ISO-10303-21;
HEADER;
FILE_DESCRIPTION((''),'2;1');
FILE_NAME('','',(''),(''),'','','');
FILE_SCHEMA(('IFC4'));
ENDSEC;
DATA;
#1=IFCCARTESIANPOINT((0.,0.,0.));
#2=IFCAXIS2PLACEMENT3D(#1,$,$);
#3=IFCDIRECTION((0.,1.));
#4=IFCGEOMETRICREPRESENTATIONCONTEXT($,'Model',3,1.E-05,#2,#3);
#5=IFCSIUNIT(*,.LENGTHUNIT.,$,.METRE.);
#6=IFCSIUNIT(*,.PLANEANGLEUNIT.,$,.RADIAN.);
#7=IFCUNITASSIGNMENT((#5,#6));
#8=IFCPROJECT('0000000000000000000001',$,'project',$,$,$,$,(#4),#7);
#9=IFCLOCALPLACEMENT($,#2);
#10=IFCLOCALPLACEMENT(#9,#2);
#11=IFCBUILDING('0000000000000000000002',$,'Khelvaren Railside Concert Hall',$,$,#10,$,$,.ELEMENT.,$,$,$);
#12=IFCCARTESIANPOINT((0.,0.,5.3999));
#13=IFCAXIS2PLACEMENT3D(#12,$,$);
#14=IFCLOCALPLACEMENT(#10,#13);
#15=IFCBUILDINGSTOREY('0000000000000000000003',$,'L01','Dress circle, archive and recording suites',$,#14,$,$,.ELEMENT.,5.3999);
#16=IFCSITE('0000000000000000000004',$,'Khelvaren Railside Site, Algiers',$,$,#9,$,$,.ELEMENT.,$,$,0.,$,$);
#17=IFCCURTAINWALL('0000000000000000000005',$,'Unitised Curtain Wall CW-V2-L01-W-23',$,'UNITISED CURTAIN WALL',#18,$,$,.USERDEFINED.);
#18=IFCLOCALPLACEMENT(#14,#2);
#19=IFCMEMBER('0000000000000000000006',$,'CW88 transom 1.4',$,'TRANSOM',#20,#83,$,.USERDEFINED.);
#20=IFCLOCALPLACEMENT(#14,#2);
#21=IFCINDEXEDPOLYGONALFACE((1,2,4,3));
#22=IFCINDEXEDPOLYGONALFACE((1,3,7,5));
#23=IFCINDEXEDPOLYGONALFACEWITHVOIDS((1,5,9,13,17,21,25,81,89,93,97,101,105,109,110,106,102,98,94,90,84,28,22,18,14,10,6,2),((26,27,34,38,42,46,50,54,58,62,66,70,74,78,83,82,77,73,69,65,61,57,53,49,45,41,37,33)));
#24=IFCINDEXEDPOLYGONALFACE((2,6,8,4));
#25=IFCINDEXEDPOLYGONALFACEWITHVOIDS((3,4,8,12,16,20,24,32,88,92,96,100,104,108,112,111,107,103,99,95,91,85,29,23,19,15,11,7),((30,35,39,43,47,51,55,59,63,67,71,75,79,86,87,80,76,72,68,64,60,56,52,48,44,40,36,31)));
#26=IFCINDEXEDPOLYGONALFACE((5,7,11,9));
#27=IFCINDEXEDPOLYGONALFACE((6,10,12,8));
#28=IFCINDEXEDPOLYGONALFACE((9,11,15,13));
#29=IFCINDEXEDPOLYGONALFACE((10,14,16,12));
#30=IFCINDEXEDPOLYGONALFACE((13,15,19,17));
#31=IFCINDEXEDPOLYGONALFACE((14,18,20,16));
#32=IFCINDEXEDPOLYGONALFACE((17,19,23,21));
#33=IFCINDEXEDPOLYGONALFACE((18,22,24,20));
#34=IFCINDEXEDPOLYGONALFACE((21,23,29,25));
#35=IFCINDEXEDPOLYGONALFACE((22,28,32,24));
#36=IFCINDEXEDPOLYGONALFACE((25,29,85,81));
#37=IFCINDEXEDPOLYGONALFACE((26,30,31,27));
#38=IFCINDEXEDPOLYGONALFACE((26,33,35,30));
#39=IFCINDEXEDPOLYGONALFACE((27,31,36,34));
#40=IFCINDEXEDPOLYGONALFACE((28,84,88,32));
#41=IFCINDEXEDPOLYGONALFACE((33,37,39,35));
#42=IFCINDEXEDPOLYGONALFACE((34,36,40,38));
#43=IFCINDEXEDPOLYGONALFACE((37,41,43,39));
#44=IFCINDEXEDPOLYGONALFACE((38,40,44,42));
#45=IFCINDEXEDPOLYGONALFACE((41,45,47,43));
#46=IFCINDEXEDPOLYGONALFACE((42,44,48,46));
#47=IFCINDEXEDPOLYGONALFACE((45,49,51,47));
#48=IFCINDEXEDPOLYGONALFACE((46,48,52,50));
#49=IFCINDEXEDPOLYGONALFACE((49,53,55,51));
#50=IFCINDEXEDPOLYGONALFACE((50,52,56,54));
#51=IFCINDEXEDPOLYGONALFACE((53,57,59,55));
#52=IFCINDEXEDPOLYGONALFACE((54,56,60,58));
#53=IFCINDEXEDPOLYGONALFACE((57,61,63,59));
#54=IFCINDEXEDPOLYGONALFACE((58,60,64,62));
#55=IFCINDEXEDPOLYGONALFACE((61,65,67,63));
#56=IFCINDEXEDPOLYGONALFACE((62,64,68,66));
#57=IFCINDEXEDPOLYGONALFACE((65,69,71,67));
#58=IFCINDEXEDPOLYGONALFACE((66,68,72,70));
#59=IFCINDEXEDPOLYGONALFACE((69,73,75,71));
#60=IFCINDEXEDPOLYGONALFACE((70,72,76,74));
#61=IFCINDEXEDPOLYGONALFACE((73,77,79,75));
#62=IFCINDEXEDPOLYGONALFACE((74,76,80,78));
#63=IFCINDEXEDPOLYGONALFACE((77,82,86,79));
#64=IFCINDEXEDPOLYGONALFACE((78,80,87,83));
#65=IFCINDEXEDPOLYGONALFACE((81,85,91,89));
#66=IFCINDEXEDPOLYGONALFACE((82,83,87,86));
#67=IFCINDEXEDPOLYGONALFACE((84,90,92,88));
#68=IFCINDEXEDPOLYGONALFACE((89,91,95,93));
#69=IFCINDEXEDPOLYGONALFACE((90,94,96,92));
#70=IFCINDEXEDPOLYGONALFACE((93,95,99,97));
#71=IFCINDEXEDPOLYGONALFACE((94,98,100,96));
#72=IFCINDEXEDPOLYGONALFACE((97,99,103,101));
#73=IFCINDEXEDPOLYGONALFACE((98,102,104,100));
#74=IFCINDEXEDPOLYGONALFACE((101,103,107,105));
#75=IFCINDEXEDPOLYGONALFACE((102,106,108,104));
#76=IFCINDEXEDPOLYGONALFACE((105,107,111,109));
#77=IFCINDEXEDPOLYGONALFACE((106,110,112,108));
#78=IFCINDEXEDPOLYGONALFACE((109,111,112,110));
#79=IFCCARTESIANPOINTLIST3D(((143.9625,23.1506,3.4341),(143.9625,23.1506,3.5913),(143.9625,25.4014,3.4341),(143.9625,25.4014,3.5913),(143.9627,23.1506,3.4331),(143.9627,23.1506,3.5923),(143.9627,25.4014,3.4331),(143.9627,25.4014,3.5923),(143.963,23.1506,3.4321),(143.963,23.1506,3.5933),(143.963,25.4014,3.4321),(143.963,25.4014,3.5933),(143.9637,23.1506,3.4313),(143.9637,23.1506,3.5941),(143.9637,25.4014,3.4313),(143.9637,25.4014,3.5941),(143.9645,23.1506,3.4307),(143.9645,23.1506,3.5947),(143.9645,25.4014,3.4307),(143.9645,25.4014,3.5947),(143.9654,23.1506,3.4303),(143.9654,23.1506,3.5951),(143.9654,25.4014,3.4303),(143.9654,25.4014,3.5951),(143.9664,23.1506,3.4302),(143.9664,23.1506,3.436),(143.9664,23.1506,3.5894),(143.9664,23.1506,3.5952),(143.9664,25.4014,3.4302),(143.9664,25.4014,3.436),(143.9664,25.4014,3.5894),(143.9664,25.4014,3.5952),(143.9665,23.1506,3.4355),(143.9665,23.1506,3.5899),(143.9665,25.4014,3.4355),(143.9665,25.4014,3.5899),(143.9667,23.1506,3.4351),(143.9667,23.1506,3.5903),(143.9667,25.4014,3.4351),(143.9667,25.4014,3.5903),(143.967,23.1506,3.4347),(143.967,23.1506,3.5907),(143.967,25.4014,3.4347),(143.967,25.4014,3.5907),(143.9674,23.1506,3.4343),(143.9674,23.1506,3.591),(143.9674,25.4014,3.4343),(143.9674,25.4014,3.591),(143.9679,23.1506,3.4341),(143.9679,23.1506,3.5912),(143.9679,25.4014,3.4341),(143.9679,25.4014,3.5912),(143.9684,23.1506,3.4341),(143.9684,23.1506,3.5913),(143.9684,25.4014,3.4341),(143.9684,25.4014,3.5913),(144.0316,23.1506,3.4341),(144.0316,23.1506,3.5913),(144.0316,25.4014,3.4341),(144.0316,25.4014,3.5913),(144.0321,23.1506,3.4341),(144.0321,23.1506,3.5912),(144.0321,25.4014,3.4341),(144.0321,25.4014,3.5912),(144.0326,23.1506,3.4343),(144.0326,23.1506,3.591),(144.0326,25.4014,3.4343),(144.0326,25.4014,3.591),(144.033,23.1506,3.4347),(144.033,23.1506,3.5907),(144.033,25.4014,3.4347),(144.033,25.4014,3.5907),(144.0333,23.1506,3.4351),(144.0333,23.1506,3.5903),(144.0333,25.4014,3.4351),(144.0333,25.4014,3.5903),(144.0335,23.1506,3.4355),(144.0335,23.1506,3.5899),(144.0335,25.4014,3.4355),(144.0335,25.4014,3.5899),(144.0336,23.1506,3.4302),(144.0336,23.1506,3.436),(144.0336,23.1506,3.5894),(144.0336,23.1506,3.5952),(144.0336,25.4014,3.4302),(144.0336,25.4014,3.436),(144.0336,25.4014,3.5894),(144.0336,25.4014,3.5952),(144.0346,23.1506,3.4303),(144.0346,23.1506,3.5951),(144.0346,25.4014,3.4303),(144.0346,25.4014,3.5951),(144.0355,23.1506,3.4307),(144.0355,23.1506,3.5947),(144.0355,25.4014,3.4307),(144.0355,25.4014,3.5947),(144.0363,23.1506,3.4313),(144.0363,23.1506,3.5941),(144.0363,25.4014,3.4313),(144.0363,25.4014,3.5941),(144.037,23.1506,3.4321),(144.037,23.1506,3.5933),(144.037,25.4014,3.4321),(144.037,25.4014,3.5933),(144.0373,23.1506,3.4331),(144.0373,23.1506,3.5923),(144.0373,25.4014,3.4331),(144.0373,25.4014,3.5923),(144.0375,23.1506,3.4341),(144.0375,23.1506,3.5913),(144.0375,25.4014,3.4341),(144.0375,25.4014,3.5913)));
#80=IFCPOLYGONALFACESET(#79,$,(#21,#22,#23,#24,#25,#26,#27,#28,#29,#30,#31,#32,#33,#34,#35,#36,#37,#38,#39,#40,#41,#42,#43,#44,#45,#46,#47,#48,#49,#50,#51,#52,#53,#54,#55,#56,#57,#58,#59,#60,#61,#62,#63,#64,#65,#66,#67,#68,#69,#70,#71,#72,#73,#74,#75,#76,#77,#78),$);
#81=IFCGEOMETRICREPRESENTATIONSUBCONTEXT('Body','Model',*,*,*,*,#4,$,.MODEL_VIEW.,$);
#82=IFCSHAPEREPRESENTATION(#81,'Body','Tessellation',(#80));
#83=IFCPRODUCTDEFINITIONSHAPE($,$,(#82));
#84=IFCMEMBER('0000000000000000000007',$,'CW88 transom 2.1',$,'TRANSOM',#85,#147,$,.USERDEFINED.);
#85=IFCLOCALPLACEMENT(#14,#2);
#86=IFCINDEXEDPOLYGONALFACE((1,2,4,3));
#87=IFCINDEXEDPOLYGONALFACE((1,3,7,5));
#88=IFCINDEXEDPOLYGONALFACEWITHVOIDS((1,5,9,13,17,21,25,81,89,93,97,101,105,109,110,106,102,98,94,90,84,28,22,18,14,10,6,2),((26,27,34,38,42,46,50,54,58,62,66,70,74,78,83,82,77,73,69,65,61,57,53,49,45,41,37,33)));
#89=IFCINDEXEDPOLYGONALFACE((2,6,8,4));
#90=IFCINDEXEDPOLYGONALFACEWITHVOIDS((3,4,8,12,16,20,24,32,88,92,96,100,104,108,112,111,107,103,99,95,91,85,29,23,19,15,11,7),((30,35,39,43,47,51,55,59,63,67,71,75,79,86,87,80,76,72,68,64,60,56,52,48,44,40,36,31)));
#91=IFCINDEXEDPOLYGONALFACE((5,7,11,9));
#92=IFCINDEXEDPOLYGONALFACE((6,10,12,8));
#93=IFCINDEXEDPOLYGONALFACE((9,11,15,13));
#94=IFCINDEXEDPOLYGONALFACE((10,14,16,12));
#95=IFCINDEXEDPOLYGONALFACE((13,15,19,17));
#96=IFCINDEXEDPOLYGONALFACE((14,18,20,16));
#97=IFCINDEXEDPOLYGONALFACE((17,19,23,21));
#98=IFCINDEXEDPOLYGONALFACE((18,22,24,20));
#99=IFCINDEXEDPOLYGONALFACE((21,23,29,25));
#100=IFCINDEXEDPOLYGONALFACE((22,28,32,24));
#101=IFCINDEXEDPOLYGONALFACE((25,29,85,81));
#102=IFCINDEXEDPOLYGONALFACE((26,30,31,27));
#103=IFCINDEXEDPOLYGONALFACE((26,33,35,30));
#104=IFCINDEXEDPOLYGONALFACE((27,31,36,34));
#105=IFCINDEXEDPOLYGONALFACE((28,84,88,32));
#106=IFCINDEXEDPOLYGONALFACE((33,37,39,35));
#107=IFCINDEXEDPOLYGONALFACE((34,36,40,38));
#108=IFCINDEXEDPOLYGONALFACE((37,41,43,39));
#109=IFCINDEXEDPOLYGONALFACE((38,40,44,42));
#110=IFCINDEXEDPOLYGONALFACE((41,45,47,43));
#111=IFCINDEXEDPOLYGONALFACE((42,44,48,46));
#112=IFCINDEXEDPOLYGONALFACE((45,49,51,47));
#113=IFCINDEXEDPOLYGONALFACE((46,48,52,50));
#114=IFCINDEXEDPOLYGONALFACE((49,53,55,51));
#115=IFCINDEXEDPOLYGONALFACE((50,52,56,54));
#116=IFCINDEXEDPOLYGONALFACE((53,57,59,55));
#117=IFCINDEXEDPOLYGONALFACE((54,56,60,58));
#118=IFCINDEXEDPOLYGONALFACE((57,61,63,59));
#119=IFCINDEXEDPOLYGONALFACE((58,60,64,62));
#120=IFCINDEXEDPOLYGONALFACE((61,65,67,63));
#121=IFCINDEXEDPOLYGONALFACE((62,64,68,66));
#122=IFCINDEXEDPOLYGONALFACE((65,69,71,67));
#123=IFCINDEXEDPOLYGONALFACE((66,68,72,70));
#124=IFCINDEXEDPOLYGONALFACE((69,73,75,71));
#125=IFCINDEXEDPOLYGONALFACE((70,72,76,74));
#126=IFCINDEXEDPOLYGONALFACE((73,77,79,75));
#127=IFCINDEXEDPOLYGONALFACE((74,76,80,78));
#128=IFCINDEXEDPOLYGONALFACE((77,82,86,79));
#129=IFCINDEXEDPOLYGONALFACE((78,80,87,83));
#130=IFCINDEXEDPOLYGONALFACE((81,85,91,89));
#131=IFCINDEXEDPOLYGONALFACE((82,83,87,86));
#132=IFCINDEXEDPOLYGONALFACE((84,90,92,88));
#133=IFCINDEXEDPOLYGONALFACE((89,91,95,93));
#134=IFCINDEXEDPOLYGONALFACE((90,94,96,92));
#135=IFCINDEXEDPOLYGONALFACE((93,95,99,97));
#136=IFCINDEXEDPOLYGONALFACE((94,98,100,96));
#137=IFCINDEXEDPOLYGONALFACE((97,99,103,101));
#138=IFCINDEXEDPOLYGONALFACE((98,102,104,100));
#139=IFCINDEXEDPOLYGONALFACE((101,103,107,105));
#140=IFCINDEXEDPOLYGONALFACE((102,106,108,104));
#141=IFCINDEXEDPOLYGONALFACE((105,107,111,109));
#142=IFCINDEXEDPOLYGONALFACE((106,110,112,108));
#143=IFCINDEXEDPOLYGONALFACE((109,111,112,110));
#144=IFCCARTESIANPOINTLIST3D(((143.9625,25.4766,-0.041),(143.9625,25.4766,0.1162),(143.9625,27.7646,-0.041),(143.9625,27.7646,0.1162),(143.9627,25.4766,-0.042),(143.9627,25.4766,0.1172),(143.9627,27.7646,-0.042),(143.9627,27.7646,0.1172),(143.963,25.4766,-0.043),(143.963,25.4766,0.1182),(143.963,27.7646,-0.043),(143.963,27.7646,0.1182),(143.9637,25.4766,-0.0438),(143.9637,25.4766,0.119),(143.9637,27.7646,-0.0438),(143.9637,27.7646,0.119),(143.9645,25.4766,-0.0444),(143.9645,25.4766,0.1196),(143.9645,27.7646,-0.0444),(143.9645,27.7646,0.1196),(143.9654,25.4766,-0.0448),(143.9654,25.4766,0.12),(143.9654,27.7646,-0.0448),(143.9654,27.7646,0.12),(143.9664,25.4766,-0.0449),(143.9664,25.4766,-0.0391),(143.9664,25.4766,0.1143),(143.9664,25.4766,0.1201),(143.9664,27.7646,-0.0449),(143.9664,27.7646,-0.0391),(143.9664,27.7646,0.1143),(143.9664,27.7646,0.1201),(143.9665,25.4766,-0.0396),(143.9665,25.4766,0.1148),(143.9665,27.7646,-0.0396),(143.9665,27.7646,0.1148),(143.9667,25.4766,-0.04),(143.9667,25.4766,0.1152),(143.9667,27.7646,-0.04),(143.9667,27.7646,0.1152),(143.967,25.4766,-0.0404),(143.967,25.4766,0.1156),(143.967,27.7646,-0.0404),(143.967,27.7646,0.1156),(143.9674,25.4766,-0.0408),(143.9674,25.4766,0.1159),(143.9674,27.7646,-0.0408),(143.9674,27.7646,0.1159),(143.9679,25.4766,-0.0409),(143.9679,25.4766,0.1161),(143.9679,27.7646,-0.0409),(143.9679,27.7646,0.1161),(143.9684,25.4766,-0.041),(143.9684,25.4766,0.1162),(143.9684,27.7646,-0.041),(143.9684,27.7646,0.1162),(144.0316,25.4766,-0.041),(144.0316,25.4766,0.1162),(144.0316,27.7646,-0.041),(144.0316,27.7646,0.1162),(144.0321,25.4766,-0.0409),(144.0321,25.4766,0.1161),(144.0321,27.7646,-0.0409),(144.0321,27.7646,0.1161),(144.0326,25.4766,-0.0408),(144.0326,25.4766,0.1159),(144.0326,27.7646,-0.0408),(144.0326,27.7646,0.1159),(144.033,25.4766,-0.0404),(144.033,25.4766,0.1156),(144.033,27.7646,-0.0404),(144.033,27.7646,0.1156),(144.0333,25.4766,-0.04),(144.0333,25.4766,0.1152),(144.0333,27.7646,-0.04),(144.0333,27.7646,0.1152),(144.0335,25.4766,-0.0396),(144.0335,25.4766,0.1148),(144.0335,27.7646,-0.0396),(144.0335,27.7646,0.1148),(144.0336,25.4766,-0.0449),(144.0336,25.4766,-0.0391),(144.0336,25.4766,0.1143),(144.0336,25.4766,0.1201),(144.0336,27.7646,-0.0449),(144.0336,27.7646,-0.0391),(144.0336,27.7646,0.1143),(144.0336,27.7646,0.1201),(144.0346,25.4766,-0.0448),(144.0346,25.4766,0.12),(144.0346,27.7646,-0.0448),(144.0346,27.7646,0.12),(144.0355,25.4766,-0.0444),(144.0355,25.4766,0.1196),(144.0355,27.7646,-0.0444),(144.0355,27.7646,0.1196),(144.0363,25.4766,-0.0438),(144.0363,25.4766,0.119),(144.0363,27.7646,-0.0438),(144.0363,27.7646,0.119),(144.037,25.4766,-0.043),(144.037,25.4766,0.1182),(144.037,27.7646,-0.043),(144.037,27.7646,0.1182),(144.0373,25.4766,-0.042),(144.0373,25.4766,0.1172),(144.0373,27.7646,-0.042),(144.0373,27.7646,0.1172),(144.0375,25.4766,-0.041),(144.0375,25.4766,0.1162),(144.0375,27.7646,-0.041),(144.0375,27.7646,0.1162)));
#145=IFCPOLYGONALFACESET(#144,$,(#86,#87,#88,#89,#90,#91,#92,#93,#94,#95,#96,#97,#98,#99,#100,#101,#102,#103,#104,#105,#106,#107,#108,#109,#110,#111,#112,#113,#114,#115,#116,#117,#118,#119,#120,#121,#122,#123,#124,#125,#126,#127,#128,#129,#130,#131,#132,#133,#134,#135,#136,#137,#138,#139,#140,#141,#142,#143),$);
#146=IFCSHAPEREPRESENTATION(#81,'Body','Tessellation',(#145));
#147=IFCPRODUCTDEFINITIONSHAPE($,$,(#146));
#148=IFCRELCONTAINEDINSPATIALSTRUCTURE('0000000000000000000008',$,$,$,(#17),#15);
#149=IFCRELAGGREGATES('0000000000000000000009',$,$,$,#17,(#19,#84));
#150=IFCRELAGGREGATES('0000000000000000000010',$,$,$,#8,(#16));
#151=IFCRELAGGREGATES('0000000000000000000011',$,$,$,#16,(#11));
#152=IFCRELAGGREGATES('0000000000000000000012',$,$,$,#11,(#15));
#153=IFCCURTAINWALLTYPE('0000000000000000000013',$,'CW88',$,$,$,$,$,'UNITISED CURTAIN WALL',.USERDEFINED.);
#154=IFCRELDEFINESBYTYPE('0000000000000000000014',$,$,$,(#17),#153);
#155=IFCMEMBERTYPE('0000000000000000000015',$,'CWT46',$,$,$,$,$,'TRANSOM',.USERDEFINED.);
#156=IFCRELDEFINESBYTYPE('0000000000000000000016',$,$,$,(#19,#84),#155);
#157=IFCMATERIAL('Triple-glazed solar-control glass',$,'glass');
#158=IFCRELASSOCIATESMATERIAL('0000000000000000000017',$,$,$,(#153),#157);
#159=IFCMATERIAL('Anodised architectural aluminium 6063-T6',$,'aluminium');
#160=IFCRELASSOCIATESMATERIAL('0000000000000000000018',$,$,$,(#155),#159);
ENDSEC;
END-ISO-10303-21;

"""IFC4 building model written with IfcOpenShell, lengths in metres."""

from ifc_helpers import new_model, si_unit, direction, frame, origin, origin_2d, place, context, subcontext, project, spatial, hollow_rectangle, extrude, material, material_profile, profile_set, type_object, element, aggregate, save


model = new_model("IFC4")

# Units and contexts
model_context = context("Model", 3, precision=1e-05, world=origin(), true_north=direction((0.0, 1.0)))
body_context = subcontext(model_context, "Body", "Model", "MODEL_VIEW")
ifc_project = project(units=[si_unit("LENGTHUNIT", "METRE"), si_unit("PLANEANGLEUNIT", "RADIAN")], contexts=[model_context])

# Site, building, storey
site_placement = place(None, origin())
site = spatial("IfcSite", under=ifc_project, at=site_placement, Name="Khelvaren Railside Site, Algiers", CompositionType="ELEMENT", RefElevation=0.0)
building_placement = place(site_placement, origin())
building = spatial("IfcBuilding", under=site, at=building_placement, Name="Khelvaren Railside Concert Hall", CompositionType="ELEMENT")
storey_placement = place(building_placement, frame((0.0, 0.0, 5.3999)))
storey = spatial("IfcBuildingStorey", under=building, at=storey_placement, Name="L01", Description="Dress circle, archive and recording suites", CompositionType="ELEMENT", Elevation=5.3999)

# Curtain wall, members
ifc_material_1 = material(Name="Triple-glazed solar-control glass", Category="glass")
curtain_wall_type = type_object("IfcCurtainWallType", Name="CW88", ElementType="UNITISED CURTAIN WALL", PredefinedType="USERDEFINED", material=ifc_material_1)
curtain_wall_placement = place(storey_placement, origin())
curtain_wall = element("IfcCurtainWall", 1, at=curtain_wall_placement, inside=storey, type_object=curtain_wall_type, Name="Unitised Curtain Wall CW-V2-L01-W-23", ObjectType="UNITISED CURTAIN WALL", PredefinedType="USERDEFINED")
ifc_material_2 = material(Name="Anodised architectural aluminium 6063-T6", Category="aluminium")
ifc_material_profile_1 = material_profile(ifc_material_2, hollow_rectangle(XDim=0.075, YDim=0.165, WallThickness=0.0039, InnerFilletRadius=0.002, OuterFilletRadius=0.0039, at=origin_2d()), Name="CWT 75x165x4")
ifc_profile_set_1 = profile_set([ifc_material_profile_1], Name="Anodised architectural aluminium 6063-T6")
member_type_1 = type_object("IfcMemberType", Name="CWT46", ElementType="TRANSOM", PredefinedType="USERDEFINED", material=ifc_profile_set_1)
member_1_placement = place(storey_placement, frame((144.0, 23.1506, 3.5127), z_axis=(0.0, 1.0, 0.0), x_axis=(-1.0, 0.0, 0.0)))
member_1 = element("IfcMember", 2, at=member_1_placement, type_object=member_type_1, Name="CW88 transom 1.4", ObjectType="TRANSOM", PredefinedType="USERDEFINED", context=body_context, shape_type="SweptSolid", body=[
    extrude(hollow_rectangle(XDim=0.075, YDim=0.165, WallThickness=0.0039, InnerFilletRadius=0.002, OuterFilletRadius=0.0039, at=origin_2d()), origin(), (0.0, 0.0, 1.0), 2.2507),
])
member_2_placement = place(storey_placement, frame((144.0, 25.4766, 0.0376), z_axis=(0.0, 1.0, 0.0), x_axis=(-1.0, 0.0, 0.0)))
member_2 = element("IfcMember", 3, at=member_2_placement, type_object=member_type_1, Name="CW88 transom 2.1", ObjectType="TRANSOM", PredefinedType="USERDEFINED", context=body_context, shape_type="SweptSolid", body=[
    extrude(hollow_rectangle(XDim=0.075, YDim=0.165, WallThickness=0.0039, InnerFilletRadius=0.002, OuterFilletRadius=0.0039, at=origin_2d()), origin(), (0.0, 0.0, 1.0), 2.2881),
])

aggregate(curtain_wall, [member_1, member_2])

save(model, "model.ifc")
